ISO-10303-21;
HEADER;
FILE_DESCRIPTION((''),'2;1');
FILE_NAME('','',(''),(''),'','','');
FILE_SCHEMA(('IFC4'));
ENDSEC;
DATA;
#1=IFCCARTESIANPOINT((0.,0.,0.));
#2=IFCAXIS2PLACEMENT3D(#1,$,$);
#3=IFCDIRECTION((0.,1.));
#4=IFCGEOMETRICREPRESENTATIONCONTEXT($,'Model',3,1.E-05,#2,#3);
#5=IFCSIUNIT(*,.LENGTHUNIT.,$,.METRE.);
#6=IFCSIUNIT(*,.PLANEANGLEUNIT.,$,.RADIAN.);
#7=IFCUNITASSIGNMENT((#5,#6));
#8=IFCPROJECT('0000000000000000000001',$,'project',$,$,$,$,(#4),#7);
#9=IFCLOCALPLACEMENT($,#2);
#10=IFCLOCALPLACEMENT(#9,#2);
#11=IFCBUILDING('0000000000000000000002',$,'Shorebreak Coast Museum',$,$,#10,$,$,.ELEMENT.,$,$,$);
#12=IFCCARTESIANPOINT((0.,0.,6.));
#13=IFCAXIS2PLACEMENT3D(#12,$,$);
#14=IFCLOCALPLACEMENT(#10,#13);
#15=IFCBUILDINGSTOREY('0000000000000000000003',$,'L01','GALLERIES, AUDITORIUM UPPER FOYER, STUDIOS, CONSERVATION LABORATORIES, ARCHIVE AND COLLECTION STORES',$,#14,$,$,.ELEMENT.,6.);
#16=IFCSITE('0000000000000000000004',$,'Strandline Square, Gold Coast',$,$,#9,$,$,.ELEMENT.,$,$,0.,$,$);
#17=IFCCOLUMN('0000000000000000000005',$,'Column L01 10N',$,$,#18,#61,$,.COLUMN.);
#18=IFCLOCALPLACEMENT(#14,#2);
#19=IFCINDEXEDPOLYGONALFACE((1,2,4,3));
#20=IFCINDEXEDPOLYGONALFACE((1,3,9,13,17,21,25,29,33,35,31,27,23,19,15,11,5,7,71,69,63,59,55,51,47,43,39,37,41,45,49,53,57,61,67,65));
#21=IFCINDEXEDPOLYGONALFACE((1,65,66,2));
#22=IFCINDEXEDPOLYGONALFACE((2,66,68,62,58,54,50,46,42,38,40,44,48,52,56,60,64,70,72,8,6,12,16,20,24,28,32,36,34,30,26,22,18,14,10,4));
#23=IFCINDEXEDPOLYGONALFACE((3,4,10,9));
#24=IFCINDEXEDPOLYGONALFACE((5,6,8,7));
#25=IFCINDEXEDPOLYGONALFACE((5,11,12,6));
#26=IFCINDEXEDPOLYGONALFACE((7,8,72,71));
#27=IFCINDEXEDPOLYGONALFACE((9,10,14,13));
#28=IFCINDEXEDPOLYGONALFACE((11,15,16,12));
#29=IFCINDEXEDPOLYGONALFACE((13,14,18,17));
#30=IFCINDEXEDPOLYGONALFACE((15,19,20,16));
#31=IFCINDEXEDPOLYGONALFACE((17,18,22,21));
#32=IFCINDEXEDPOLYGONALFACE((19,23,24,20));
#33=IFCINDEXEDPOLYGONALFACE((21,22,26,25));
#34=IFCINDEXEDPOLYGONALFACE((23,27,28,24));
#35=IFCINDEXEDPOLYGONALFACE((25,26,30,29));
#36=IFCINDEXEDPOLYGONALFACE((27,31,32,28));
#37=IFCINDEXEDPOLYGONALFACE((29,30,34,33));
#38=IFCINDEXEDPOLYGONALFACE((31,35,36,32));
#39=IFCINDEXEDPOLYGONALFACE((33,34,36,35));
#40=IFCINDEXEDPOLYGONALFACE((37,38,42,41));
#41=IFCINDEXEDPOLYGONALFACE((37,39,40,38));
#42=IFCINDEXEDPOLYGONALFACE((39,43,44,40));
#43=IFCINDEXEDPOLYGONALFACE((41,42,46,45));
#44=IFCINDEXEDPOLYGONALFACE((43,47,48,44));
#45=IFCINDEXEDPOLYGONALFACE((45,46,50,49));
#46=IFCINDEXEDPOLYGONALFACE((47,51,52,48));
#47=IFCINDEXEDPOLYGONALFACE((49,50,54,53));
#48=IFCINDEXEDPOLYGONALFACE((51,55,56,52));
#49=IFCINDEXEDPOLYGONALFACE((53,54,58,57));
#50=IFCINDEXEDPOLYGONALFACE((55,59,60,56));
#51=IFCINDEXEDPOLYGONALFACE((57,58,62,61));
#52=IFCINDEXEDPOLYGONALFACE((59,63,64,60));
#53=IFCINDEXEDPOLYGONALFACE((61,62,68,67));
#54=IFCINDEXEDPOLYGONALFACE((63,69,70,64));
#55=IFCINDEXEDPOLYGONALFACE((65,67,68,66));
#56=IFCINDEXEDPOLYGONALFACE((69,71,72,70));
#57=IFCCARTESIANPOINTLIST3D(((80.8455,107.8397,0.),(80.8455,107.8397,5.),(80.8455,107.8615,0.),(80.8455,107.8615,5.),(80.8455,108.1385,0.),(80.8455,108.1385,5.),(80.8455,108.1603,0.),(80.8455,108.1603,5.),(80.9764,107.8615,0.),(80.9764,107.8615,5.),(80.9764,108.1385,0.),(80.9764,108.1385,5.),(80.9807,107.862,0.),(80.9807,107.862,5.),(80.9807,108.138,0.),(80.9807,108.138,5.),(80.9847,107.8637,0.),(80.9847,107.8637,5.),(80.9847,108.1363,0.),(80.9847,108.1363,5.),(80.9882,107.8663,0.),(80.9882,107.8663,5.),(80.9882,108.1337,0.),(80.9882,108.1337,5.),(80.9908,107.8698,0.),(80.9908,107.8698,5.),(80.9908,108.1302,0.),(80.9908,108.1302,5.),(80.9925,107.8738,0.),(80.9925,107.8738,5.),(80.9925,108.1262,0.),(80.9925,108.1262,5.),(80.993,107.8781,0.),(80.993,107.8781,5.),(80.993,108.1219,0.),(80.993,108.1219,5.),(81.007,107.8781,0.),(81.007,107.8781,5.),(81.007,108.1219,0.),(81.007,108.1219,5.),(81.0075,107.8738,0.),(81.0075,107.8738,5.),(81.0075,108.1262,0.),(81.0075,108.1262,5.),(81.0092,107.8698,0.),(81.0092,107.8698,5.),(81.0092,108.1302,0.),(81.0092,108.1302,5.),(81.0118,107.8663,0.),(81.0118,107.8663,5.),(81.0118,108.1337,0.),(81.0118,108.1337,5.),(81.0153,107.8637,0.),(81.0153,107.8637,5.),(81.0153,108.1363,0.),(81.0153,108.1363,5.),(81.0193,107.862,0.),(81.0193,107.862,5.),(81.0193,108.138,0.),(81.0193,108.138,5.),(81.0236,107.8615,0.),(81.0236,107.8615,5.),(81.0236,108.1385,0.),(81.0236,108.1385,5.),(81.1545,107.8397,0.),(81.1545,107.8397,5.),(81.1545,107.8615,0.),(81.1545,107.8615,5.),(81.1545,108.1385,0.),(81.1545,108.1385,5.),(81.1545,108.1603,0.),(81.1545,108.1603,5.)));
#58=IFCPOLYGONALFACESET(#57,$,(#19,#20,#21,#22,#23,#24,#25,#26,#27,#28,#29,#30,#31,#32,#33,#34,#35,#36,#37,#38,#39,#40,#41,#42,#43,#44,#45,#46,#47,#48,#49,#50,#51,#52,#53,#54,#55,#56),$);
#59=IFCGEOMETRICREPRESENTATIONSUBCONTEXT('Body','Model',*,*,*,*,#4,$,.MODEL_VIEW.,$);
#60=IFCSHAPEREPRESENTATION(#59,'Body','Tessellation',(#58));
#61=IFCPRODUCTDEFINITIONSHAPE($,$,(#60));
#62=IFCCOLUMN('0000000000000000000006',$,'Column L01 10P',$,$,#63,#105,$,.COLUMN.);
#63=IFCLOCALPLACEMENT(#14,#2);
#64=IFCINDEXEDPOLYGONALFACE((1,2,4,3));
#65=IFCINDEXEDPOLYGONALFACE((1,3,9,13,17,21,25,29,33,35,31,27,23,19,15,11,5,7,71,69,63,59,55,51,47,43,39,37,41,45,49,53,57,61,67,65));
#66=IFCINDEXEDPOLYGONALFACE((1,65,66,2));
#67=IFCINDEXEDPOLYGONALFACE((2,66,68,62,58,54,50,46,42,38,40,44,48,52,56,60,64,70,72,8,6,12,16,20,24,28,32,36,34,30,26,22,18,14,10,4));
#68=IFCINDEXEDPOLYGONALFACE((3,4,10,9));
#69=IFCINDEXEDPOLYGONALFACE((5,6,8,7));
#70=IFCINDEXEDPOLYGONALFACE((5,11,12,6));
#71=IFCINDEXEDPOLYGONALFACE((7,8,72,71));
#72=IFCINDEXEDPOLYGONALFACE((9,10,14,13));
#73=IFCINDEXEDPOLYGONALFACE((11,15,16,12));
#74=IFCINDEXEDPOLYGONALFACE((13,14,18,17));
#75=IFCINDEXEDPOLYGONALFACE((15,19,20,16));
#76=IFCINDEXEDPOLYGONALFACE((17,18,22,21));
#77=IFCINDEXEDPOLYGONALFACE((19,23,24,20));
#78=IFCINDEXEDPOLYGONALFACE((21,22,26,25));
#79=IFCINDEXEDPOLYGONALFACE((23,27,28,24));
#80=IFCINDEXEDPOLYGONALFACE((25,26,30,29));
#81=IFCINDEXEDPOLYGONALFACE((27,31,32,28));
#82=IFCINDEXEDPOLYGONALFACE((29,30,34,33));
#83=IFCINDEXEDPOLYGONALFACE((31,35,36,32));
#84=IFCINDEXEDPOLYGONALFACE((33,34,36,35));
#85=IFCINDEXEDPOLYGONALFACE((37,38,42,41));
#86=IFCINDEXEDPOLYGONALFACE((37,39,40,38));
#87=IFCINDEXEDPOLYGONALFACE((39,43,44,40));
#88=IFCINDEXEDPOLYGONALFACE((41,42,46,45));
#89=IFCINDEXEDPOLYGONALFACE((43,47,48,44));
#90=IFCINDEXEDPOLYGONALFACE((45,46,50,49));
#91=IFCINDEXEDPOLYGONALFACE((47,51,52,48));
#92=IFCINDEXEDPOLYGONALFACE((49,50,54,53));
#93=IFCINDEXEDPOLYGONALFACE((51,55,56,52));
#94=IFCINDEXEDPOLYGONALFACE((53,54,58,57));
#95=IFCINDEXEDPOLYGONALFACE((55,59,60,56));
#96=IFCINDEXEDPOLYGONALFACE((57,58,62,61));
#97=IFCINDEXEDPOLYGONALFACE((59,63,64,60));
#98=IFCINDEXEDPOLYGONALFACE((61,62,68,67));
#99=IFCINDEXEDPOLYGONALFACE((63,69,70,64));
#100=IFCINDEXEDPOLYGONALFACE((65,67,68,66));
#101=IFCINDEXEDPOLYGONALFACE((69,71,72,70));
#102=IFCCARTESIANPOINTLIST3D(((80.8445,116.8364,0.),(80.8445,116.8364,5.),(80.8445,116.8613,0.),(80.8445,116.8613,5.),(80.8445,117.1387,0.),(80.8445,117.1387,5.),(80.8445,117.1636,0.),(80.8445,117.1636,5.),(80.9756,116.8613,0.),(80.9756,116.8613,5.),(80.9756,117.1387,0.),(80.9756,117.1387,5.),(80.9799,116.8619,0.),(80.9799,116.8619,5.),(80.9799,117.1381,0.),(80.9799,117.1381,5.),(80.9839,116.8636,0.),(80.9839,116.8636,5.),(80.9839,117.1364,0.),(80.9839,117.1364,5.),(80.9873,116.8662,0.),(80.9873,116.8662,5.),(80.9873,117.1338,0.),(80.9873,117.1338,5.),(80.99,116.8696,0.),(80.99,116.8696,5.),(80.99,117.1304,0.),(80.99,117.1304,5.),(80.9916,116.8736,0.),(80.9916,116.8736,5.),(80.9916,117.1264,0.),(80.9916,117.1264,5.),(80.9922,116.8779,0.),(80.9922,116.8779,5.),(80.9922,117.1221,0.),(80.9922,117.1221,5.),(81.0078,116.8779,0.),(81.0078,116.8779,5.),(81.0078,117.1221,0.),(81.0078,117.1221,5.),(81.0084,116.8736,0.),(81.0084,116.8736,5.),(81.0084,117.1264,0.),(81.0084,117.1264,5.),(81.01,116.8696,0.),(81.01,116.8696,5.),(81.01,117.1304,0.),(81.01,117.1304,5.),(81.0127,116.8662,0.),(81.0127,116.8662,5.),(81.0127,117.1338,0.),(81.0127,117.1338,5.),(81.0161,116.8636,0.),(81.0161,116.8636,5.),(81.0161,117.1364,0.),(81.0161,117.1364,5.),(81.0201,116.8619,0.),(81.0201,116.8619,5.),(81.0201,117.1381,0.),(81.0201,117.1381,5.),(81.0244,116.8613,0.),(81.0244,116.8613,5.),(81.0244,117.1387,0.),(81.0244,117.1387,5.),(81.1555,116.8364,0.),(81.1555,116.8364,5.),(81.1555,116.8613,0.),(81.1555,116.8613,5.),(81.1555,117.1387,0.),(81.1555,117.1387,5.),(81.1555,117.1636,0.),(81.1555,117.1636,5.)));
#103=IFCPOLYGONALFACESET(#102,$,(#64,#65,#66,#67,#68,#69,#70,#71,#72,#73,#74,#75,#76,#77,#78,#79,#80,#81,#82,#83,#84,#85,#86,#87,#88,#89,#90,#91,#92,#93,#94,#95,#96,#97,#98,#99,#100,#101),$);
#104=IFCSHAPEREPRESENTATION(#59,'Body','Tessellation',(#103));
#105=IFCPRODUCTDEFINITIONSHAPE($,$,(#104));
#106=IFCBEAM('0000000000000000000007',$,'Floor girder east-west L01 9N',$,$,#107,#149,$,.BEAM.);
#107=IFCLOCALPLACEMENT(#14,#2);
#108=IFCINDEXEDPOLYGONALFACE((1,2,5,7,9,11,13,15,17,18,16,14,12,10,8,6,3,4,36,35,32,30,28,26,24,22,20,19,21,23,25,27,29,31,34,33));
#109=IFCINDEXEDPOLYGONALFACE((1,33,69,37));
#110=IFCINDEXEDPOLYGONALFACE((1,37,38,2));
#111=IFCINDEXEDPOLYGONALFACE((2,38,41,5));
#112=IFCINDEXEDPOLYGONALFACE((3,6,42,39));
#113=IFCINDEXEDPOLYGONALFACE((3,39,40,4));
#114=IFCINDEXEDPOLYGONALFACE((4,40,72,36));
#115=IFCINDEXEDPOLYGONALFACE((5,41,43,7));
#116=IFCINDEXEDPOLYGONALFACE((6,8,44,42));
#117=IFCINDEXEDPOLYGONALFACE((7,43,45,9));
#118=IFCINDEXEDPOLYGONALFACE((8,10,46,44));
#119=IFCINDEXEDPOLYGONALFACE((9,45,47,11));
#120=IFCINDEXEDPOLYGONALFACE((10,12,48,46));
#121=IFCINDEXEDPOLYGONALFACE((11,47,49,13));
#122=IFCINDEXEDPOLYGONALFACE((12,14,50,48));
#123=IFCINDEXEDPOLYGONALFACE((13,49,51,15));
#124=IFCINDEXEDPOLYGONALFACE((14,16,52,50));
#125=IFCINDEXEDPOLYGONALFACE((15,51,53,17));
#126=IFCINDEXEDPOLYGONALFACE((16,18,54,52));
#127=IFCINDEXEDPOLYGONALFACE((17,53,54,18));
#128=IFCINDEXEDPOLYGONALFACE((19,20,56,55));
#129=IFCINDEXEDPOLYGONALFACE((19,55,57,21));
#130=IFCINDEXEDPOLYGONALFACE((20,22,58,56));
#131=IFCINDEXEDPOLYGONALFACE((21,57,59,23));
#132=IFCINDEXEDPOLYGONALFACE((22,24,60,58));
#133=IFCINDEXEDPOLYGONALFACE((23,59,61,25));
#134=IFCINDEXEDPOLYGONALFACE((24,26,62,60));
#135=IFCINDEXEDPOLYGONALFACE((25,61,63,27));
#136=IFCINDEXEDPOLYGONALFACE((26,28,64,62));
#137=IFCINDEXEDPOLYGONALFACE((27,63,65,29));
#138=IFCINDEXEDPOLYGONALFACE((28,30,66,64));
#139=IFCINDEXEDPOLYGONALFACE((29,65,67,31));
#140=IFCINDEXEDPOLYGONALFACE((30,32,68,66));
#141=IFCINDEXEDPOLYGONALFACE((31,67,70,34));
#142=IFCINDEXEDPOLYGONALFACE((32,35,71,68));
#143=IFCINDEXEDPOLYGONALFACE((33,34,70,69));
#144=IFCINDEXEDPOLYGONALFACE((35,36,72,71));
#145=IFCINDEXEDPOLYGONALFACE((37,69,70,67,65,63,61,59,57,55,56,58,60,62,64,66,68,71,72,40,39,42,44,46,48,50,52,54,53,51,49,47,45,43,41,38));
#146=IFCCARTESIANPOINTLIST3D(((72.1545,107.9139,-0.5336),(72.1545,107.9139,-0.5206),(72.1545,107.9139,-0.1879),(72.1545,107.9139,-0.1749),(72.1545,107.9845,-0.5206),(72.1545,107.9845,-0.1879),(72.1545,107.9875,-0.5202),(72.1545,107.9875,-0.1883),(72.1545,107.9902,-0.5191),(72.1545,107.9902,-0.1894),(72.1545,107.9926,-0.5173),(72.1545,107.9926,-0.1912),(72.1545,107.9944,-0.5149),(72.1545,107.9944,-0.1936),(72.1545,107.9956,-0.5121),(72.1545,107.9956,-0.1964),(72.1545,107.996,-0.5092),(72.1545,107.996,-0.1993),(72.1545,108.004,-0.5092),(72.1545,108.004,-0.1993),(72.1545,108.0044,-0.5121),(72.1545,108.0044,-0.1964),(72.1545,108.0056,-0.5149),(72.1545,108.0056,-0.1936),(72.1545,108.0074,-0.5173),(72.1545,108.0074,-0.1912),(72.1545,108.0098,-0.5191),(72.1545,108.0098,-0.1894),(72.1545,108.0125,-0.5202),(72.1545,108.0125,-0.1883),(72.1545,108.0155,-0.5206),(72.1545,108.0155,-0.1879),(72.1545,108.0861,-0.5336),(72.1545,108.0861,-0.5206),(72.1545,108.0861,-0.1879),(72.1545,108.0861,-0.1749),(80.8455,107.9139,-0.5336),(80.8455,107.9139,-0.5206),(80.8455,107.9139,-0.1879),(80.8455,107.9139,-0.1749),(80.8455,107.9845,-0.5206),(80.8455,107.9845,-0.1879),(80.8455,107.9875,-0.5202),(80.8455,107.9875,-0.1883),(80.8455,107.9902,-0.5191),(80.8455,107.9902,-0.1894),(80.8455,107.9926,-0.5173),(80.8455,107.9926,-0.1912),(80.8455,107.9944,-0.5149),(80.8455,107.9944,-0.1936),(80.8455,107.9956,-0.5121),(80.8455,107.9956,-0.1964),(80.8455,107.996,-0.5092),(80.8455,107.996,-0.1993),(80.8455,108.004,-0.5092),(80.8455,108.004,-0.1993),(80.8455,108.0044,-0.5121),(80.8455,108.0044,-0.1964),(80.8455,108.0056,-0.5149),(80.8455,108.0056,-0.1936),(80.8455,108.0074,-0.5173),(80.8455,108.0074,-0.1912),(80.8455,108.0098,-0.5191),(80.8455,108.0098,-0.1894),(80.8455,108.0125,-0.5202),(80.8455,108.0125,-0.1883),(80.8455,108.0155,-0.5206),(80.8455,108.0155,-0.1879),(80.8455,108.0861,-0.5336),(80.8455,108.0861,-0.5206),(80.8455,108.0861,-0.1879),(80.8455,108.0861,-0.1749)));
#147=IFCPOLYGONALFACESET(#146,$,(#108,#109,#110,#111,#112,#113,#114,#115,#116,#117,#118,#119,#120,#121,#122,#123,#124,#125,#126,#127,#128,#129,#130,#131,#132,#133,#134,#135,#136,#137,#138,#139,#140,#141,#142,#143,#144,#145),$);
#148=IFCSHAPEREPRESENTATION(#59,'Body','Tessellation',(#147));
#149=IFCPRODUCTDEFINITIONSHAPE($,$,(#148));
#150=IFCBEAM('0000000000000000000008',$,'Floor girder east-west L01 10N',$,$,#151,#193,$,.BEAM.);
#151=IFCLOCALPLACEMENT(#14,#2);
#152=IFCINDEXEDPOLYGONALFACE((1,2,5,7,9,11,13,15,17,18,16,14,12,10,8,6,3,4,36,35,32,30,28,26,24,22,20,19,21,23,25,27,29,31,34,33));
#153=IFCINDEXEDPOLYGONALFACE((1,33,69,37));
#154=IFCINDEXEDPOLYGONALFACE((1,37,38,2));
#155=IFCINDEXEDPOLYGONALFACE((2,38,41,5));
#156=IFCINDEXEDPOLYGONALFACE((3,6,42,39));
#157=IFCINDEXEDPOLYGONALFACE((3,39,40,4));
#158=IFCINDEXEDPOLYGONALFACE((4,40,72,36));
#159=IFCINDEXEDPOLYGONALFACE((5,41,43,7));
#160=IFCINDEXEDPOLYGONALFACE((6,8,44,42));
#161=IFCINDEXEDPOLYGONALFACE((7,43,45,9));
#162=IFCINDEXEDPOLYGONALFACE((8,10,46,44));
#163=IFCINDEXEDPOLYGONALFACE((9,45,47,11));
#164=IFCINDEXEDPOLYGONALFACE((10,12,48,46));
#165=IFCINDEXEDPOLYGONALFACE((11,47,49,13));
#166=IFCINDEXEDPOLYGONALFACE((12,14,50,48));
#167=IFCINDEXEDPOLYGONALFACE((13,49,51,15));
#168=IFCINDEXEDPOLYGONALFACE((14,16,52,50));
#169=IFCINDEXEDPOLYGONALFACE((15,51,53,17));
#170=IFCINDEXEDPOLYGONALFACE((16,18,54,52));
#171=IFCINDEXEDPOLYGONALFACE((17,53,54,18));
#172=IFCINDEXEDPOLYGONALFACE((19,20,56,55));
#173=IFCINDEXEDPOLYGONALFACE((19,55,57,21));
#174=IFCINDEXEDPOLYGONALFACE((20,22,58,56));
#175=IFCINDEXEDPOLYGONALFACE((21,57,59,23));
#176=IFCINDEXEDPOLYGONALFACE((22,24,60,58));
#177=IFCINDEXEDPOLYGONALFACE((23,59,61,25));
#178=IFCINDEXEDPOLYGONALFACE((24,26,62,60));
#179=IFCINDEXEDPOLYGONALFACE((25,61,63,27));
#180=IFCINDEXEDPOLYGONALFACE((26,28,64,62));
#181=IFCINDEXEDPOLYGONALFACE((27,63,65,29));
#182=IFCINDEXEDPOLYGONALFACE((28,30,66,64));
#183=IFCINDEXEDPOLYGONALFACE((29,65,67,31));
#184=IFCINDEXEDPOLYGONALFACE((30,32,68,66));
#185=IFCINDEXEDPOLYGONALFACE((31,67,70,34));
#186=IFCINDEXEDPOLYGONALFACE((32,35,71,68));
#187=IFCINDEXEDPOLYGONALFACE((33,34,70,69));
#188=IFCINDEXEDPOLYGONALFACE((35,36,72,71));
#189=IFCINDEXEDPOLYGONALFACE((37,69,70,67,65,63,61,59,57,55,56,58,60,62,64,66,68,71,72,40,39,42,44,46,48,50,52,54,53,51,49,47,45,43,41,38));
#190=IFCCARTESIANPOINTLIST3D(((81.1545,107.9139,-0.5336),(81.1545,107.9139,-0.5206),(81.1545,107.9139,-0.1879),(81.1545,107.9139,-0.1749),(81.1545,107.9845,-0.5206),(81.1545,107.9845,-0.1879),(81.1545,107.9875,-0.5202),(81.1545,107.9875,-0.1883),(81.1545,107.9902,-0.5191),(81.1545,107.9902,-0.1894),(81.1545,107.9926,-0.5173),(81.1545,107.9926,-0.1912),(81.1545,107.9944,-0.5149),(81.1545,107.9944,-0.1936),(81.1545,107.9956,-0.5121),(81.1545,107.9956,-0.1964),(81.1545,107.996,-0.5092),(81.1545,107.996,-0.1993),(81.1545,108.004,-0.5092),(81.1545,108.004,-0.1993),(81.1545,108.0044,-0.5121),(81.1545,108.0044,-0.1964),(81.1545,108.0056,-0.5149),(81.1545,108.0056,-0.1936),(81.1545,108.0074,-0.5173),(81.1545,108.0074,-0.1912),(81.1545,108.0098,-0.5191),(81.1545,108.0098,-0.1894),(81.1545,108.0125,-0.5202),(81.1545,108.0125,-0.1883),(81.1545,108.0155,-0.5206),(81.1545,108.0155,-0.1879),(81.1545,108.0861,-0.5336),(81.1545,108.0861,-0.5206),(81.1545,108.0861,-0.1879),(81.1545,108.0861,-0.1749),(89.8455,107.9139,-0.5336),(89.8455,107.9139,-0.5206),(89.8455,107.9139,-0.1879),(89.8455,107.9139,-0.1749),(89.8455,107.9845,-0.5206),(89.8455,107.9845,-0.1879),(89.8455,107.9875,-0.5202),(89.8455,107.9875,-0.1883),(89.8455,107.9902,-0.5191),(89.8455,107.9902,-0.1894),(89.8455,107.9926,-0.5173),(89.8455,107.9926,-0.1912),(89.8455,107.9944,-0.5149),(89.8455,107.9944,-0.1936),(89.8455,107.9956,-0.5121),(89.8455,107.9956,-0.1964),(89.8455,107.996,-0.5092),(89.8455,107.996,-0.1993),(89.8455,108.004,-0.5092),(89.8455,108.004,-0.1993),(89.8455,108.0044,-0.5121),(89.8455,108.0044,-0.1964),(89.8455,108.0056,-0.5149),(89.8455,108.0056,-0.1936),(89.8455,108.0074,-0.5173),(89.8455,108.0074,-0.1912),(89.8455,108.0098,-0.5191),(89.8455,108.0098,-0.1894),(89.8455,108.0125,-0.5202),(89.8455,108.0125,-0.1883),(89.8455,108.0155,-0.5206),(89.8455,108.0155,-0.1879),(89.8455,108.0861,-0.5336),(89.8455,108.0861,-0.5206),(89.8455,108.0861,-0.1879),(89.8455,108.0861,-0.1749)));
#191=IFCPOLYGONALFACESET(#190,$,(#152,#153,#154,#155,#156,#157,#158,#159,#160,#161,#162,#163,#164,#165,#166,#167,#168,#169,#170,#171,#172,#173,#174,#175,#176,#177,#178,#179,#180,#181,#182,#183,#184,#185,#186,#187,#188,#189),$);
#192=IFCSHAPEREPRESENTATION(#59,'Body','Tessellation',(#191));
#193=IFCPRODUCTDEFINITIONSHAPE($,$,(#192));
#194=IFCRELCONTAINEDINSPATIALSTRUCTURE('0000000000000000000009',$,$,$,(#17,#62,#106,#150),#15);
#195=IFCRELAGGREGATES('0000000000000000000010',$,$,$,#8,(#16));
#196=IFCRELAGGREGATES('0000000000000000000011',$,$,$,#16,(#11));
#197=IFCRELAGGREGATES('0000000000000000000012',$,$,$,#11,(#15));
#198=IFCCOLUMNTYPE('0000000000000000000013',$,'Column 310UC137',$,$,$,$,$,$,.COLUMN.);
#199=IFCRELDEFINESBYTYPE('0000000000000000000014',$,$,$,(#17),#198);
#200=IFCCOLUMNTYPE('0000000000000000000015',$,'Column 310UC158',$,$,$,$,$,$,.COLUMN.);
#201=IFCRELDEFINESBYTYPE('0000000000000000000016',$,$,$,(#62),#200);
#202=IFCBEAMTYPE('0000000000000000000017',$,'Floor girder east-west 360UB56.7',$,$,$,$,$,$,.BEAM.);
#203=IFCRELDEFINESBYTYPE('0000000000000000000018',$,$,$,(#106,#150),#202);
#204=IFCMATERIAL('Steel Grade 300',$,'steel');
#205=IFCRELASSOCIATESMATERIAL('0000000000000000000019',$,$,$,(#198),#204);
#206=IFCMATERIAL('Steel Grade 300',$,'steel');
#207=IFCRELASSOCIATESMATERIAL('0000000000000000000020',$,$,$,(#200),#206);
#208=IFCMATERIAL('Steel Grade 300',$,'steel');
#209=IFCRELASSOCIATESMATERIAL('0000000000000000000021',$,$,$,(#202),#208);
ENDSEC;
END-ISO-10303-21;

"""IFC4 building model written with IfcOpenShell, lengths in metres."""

from ifc_helpers import new_model, si_unit, direction, frame, origin, origin_2d, place, context, subcontext, project, spatial, i_section, extrude, material, material_profile, profile_set, type_object, element, save


model = new_model("IFC4")

# Units and contexts
model_context = context("Model", 3, precision=1e-05, world=origin(), true_north=direction((0.0, 1.0)))
body_context = subcontext(model_context, "Body", "Model", "MODEL_VIEW")
ifc_project = project(units=[si_unit("LENGTHUNIT", "METRE"), si_unit("PLANEANGLEUNIT", "RADIAN")], contexts=[model_context])

# Site, building, storey
site_placement = place(None, origin())
site = spatial("IfcSite", under=ifc_project, at=site_placement, Name="Strandline Square, Gold Coast", CompositionType="ELEMENT", RefElevation=0.0)
building_placement = place(site_placement, origin())
building = spatial("IfcBuilding", under=site, at=building_placement, Name="Shorebreak Coast Museum", CompositionType="ELEMENT")
storey_placement = place(building_placement, frame((0.0, 0.0, 6.0)))
storey = spatial("IfcBuildingStorey", under=building, at=storey_placement, Name="L01", Description="GALLERIES, AUDITORIUM UPPER FOYER, STUDIOS, CONSERVATION LABORATORIES, ARCHIVE AND COLLECTION STORES", CompositionType="ELEMENT", Elevation=6.0)

# Columns
ifc_material_1 = material(Name="Steel Grade 300", Category="steel")
ifc_material_profile_1 = material_profile(ifc_material_1, i_section(OverallWidth=0.3091, OverallDepth=0.3206, WebThickness=0.0139, FlangeThickness=0.0217, FilletRadius=0.0166, at=origin_2d()), Name="310UC137")
ifc_profile_set_1 = profile_set([ifc_material_profile_1], Name="Steel Grade 300")
column_type_1 = type_object("IfcColumnType", Name="Column 310UC137", PredefinedType="COLUMN", material=ifc_profile_set_1)
column_1_placement = place(storey_placement, frame((81.0, 108.0, 0.0), z_axis=(0.0, 0.0, 1.0), x_axis=(1.0, 0.0, 0.0)))
element("IfcColumn", 1, at=column_1_placement, inside=storey, type_object=column_type_1, Name="Column L01 10N", PredefinedType="COLUMN", context=body_context, shape_type="SweptSolid", body=[
    extrude(i_section(OverallWidth=0.3091, OverallDepth=0.3206, WebThickness=0.0139, FlangeThickness=0.0217, FilletRadius=0.0166, at=origin_2d()), origin(), (0.0, 0.0, 1.0), 5.0),
])
ifc_material_2 = material(Name="Steel Grade 300", Category="steel")
ifc_material_profile_2 = material_profile(ifc_material_2, i_section(OverallWidth=0.311, OverallDepth=0.3271, WebThickness=0.0156, FlangeThickness=0.0249, FilletRadius=0.0166, at=origin_2d()), Name="310UC158")
ifc_profile_set_2 = profile_set([ifc_material_profile_2], Name="Steel Grade 300")
column_type_2 = type_object("IfcColumnType", Name="Column 310UC158", PredefinedType="COLUMN", material=ifc_profile_set_2)
column_2_placement = place(storey_placement, frame((81.0, 117.0, 0.0), z_axis=(0.0, 0.0, 1.0), x_axis=(1.0, 0.0, 0.0)))
element("IfcColumn", 2, at=column_2_placement, inside=storey, type_object=column_type_2, Name="Column L01 10P", PredefinedType="COLUMN", context=body_context, shape_type="SweptSolid", body=[
    extrude(i_section(OverallWidth=0.311, OverallDepth=0.3271, WebThickness=0.0156, FlangeThickness=0.0249, FilletRadius=0.0166, at=origin_2d()), origin(), (0.0, 0.0, 1.0), 5.0),
])

# Beams
ifc_material_3 = material(Name="Steel Grade 300", Category="steel")
ifc_material_profile_3 = material_profile(ifc_material_3, i_section(OverallWidth=0.1721, OverallDepth=0.3586, WebThickness=0.0081, FlangeThickness=0.0129, FilletRadius=0.0115, at=origin_2d()), Name="360UB56.7")
ifc_profile_set_3 = profile_set([ifc_material_profile_3], Name="Steel Grade 300")
beam_type_1 = type_object("IfcBeamType", Name="Floor girder east-west 360UB56.7", PredefinedType="BEAM", material=ifc_profile_set_3)
for number, where, z_axis, x_axis, name in (
    (3, (72.1545, 108.0, -0.3542), (1.0, 0.0, 0.0), (0.0, 1.0, 0.0), "Floor girder east-west L01 9N"),
    (4, (81.1545, 108.0, -0.3542), (1.0, 0.0, 0.0), (0.0, 1.0, 0.0), "Floor girder east-west L01 10N"),
):
    element("IfcBeam", number, at=place(storey_placement, frame(where, z_axis=z_axis, x_axis=x_axis)), inside=storey, type_object=beam_type_1, Name=name, PredefinedType="BEAM", context=body_context, shape_type="SweptSolid", body=[
        extrude(i_section(OverallWidth=0.1721, OverallDepth=0.3586, WebThickness=0.0081, FlangeThickness=0.0129, FilletRadius=0.0115, at=origin_2d()), origin(), (0.0, 0.0, 1.0), 8.6909),
    ])

save(model, "model.ifc")
